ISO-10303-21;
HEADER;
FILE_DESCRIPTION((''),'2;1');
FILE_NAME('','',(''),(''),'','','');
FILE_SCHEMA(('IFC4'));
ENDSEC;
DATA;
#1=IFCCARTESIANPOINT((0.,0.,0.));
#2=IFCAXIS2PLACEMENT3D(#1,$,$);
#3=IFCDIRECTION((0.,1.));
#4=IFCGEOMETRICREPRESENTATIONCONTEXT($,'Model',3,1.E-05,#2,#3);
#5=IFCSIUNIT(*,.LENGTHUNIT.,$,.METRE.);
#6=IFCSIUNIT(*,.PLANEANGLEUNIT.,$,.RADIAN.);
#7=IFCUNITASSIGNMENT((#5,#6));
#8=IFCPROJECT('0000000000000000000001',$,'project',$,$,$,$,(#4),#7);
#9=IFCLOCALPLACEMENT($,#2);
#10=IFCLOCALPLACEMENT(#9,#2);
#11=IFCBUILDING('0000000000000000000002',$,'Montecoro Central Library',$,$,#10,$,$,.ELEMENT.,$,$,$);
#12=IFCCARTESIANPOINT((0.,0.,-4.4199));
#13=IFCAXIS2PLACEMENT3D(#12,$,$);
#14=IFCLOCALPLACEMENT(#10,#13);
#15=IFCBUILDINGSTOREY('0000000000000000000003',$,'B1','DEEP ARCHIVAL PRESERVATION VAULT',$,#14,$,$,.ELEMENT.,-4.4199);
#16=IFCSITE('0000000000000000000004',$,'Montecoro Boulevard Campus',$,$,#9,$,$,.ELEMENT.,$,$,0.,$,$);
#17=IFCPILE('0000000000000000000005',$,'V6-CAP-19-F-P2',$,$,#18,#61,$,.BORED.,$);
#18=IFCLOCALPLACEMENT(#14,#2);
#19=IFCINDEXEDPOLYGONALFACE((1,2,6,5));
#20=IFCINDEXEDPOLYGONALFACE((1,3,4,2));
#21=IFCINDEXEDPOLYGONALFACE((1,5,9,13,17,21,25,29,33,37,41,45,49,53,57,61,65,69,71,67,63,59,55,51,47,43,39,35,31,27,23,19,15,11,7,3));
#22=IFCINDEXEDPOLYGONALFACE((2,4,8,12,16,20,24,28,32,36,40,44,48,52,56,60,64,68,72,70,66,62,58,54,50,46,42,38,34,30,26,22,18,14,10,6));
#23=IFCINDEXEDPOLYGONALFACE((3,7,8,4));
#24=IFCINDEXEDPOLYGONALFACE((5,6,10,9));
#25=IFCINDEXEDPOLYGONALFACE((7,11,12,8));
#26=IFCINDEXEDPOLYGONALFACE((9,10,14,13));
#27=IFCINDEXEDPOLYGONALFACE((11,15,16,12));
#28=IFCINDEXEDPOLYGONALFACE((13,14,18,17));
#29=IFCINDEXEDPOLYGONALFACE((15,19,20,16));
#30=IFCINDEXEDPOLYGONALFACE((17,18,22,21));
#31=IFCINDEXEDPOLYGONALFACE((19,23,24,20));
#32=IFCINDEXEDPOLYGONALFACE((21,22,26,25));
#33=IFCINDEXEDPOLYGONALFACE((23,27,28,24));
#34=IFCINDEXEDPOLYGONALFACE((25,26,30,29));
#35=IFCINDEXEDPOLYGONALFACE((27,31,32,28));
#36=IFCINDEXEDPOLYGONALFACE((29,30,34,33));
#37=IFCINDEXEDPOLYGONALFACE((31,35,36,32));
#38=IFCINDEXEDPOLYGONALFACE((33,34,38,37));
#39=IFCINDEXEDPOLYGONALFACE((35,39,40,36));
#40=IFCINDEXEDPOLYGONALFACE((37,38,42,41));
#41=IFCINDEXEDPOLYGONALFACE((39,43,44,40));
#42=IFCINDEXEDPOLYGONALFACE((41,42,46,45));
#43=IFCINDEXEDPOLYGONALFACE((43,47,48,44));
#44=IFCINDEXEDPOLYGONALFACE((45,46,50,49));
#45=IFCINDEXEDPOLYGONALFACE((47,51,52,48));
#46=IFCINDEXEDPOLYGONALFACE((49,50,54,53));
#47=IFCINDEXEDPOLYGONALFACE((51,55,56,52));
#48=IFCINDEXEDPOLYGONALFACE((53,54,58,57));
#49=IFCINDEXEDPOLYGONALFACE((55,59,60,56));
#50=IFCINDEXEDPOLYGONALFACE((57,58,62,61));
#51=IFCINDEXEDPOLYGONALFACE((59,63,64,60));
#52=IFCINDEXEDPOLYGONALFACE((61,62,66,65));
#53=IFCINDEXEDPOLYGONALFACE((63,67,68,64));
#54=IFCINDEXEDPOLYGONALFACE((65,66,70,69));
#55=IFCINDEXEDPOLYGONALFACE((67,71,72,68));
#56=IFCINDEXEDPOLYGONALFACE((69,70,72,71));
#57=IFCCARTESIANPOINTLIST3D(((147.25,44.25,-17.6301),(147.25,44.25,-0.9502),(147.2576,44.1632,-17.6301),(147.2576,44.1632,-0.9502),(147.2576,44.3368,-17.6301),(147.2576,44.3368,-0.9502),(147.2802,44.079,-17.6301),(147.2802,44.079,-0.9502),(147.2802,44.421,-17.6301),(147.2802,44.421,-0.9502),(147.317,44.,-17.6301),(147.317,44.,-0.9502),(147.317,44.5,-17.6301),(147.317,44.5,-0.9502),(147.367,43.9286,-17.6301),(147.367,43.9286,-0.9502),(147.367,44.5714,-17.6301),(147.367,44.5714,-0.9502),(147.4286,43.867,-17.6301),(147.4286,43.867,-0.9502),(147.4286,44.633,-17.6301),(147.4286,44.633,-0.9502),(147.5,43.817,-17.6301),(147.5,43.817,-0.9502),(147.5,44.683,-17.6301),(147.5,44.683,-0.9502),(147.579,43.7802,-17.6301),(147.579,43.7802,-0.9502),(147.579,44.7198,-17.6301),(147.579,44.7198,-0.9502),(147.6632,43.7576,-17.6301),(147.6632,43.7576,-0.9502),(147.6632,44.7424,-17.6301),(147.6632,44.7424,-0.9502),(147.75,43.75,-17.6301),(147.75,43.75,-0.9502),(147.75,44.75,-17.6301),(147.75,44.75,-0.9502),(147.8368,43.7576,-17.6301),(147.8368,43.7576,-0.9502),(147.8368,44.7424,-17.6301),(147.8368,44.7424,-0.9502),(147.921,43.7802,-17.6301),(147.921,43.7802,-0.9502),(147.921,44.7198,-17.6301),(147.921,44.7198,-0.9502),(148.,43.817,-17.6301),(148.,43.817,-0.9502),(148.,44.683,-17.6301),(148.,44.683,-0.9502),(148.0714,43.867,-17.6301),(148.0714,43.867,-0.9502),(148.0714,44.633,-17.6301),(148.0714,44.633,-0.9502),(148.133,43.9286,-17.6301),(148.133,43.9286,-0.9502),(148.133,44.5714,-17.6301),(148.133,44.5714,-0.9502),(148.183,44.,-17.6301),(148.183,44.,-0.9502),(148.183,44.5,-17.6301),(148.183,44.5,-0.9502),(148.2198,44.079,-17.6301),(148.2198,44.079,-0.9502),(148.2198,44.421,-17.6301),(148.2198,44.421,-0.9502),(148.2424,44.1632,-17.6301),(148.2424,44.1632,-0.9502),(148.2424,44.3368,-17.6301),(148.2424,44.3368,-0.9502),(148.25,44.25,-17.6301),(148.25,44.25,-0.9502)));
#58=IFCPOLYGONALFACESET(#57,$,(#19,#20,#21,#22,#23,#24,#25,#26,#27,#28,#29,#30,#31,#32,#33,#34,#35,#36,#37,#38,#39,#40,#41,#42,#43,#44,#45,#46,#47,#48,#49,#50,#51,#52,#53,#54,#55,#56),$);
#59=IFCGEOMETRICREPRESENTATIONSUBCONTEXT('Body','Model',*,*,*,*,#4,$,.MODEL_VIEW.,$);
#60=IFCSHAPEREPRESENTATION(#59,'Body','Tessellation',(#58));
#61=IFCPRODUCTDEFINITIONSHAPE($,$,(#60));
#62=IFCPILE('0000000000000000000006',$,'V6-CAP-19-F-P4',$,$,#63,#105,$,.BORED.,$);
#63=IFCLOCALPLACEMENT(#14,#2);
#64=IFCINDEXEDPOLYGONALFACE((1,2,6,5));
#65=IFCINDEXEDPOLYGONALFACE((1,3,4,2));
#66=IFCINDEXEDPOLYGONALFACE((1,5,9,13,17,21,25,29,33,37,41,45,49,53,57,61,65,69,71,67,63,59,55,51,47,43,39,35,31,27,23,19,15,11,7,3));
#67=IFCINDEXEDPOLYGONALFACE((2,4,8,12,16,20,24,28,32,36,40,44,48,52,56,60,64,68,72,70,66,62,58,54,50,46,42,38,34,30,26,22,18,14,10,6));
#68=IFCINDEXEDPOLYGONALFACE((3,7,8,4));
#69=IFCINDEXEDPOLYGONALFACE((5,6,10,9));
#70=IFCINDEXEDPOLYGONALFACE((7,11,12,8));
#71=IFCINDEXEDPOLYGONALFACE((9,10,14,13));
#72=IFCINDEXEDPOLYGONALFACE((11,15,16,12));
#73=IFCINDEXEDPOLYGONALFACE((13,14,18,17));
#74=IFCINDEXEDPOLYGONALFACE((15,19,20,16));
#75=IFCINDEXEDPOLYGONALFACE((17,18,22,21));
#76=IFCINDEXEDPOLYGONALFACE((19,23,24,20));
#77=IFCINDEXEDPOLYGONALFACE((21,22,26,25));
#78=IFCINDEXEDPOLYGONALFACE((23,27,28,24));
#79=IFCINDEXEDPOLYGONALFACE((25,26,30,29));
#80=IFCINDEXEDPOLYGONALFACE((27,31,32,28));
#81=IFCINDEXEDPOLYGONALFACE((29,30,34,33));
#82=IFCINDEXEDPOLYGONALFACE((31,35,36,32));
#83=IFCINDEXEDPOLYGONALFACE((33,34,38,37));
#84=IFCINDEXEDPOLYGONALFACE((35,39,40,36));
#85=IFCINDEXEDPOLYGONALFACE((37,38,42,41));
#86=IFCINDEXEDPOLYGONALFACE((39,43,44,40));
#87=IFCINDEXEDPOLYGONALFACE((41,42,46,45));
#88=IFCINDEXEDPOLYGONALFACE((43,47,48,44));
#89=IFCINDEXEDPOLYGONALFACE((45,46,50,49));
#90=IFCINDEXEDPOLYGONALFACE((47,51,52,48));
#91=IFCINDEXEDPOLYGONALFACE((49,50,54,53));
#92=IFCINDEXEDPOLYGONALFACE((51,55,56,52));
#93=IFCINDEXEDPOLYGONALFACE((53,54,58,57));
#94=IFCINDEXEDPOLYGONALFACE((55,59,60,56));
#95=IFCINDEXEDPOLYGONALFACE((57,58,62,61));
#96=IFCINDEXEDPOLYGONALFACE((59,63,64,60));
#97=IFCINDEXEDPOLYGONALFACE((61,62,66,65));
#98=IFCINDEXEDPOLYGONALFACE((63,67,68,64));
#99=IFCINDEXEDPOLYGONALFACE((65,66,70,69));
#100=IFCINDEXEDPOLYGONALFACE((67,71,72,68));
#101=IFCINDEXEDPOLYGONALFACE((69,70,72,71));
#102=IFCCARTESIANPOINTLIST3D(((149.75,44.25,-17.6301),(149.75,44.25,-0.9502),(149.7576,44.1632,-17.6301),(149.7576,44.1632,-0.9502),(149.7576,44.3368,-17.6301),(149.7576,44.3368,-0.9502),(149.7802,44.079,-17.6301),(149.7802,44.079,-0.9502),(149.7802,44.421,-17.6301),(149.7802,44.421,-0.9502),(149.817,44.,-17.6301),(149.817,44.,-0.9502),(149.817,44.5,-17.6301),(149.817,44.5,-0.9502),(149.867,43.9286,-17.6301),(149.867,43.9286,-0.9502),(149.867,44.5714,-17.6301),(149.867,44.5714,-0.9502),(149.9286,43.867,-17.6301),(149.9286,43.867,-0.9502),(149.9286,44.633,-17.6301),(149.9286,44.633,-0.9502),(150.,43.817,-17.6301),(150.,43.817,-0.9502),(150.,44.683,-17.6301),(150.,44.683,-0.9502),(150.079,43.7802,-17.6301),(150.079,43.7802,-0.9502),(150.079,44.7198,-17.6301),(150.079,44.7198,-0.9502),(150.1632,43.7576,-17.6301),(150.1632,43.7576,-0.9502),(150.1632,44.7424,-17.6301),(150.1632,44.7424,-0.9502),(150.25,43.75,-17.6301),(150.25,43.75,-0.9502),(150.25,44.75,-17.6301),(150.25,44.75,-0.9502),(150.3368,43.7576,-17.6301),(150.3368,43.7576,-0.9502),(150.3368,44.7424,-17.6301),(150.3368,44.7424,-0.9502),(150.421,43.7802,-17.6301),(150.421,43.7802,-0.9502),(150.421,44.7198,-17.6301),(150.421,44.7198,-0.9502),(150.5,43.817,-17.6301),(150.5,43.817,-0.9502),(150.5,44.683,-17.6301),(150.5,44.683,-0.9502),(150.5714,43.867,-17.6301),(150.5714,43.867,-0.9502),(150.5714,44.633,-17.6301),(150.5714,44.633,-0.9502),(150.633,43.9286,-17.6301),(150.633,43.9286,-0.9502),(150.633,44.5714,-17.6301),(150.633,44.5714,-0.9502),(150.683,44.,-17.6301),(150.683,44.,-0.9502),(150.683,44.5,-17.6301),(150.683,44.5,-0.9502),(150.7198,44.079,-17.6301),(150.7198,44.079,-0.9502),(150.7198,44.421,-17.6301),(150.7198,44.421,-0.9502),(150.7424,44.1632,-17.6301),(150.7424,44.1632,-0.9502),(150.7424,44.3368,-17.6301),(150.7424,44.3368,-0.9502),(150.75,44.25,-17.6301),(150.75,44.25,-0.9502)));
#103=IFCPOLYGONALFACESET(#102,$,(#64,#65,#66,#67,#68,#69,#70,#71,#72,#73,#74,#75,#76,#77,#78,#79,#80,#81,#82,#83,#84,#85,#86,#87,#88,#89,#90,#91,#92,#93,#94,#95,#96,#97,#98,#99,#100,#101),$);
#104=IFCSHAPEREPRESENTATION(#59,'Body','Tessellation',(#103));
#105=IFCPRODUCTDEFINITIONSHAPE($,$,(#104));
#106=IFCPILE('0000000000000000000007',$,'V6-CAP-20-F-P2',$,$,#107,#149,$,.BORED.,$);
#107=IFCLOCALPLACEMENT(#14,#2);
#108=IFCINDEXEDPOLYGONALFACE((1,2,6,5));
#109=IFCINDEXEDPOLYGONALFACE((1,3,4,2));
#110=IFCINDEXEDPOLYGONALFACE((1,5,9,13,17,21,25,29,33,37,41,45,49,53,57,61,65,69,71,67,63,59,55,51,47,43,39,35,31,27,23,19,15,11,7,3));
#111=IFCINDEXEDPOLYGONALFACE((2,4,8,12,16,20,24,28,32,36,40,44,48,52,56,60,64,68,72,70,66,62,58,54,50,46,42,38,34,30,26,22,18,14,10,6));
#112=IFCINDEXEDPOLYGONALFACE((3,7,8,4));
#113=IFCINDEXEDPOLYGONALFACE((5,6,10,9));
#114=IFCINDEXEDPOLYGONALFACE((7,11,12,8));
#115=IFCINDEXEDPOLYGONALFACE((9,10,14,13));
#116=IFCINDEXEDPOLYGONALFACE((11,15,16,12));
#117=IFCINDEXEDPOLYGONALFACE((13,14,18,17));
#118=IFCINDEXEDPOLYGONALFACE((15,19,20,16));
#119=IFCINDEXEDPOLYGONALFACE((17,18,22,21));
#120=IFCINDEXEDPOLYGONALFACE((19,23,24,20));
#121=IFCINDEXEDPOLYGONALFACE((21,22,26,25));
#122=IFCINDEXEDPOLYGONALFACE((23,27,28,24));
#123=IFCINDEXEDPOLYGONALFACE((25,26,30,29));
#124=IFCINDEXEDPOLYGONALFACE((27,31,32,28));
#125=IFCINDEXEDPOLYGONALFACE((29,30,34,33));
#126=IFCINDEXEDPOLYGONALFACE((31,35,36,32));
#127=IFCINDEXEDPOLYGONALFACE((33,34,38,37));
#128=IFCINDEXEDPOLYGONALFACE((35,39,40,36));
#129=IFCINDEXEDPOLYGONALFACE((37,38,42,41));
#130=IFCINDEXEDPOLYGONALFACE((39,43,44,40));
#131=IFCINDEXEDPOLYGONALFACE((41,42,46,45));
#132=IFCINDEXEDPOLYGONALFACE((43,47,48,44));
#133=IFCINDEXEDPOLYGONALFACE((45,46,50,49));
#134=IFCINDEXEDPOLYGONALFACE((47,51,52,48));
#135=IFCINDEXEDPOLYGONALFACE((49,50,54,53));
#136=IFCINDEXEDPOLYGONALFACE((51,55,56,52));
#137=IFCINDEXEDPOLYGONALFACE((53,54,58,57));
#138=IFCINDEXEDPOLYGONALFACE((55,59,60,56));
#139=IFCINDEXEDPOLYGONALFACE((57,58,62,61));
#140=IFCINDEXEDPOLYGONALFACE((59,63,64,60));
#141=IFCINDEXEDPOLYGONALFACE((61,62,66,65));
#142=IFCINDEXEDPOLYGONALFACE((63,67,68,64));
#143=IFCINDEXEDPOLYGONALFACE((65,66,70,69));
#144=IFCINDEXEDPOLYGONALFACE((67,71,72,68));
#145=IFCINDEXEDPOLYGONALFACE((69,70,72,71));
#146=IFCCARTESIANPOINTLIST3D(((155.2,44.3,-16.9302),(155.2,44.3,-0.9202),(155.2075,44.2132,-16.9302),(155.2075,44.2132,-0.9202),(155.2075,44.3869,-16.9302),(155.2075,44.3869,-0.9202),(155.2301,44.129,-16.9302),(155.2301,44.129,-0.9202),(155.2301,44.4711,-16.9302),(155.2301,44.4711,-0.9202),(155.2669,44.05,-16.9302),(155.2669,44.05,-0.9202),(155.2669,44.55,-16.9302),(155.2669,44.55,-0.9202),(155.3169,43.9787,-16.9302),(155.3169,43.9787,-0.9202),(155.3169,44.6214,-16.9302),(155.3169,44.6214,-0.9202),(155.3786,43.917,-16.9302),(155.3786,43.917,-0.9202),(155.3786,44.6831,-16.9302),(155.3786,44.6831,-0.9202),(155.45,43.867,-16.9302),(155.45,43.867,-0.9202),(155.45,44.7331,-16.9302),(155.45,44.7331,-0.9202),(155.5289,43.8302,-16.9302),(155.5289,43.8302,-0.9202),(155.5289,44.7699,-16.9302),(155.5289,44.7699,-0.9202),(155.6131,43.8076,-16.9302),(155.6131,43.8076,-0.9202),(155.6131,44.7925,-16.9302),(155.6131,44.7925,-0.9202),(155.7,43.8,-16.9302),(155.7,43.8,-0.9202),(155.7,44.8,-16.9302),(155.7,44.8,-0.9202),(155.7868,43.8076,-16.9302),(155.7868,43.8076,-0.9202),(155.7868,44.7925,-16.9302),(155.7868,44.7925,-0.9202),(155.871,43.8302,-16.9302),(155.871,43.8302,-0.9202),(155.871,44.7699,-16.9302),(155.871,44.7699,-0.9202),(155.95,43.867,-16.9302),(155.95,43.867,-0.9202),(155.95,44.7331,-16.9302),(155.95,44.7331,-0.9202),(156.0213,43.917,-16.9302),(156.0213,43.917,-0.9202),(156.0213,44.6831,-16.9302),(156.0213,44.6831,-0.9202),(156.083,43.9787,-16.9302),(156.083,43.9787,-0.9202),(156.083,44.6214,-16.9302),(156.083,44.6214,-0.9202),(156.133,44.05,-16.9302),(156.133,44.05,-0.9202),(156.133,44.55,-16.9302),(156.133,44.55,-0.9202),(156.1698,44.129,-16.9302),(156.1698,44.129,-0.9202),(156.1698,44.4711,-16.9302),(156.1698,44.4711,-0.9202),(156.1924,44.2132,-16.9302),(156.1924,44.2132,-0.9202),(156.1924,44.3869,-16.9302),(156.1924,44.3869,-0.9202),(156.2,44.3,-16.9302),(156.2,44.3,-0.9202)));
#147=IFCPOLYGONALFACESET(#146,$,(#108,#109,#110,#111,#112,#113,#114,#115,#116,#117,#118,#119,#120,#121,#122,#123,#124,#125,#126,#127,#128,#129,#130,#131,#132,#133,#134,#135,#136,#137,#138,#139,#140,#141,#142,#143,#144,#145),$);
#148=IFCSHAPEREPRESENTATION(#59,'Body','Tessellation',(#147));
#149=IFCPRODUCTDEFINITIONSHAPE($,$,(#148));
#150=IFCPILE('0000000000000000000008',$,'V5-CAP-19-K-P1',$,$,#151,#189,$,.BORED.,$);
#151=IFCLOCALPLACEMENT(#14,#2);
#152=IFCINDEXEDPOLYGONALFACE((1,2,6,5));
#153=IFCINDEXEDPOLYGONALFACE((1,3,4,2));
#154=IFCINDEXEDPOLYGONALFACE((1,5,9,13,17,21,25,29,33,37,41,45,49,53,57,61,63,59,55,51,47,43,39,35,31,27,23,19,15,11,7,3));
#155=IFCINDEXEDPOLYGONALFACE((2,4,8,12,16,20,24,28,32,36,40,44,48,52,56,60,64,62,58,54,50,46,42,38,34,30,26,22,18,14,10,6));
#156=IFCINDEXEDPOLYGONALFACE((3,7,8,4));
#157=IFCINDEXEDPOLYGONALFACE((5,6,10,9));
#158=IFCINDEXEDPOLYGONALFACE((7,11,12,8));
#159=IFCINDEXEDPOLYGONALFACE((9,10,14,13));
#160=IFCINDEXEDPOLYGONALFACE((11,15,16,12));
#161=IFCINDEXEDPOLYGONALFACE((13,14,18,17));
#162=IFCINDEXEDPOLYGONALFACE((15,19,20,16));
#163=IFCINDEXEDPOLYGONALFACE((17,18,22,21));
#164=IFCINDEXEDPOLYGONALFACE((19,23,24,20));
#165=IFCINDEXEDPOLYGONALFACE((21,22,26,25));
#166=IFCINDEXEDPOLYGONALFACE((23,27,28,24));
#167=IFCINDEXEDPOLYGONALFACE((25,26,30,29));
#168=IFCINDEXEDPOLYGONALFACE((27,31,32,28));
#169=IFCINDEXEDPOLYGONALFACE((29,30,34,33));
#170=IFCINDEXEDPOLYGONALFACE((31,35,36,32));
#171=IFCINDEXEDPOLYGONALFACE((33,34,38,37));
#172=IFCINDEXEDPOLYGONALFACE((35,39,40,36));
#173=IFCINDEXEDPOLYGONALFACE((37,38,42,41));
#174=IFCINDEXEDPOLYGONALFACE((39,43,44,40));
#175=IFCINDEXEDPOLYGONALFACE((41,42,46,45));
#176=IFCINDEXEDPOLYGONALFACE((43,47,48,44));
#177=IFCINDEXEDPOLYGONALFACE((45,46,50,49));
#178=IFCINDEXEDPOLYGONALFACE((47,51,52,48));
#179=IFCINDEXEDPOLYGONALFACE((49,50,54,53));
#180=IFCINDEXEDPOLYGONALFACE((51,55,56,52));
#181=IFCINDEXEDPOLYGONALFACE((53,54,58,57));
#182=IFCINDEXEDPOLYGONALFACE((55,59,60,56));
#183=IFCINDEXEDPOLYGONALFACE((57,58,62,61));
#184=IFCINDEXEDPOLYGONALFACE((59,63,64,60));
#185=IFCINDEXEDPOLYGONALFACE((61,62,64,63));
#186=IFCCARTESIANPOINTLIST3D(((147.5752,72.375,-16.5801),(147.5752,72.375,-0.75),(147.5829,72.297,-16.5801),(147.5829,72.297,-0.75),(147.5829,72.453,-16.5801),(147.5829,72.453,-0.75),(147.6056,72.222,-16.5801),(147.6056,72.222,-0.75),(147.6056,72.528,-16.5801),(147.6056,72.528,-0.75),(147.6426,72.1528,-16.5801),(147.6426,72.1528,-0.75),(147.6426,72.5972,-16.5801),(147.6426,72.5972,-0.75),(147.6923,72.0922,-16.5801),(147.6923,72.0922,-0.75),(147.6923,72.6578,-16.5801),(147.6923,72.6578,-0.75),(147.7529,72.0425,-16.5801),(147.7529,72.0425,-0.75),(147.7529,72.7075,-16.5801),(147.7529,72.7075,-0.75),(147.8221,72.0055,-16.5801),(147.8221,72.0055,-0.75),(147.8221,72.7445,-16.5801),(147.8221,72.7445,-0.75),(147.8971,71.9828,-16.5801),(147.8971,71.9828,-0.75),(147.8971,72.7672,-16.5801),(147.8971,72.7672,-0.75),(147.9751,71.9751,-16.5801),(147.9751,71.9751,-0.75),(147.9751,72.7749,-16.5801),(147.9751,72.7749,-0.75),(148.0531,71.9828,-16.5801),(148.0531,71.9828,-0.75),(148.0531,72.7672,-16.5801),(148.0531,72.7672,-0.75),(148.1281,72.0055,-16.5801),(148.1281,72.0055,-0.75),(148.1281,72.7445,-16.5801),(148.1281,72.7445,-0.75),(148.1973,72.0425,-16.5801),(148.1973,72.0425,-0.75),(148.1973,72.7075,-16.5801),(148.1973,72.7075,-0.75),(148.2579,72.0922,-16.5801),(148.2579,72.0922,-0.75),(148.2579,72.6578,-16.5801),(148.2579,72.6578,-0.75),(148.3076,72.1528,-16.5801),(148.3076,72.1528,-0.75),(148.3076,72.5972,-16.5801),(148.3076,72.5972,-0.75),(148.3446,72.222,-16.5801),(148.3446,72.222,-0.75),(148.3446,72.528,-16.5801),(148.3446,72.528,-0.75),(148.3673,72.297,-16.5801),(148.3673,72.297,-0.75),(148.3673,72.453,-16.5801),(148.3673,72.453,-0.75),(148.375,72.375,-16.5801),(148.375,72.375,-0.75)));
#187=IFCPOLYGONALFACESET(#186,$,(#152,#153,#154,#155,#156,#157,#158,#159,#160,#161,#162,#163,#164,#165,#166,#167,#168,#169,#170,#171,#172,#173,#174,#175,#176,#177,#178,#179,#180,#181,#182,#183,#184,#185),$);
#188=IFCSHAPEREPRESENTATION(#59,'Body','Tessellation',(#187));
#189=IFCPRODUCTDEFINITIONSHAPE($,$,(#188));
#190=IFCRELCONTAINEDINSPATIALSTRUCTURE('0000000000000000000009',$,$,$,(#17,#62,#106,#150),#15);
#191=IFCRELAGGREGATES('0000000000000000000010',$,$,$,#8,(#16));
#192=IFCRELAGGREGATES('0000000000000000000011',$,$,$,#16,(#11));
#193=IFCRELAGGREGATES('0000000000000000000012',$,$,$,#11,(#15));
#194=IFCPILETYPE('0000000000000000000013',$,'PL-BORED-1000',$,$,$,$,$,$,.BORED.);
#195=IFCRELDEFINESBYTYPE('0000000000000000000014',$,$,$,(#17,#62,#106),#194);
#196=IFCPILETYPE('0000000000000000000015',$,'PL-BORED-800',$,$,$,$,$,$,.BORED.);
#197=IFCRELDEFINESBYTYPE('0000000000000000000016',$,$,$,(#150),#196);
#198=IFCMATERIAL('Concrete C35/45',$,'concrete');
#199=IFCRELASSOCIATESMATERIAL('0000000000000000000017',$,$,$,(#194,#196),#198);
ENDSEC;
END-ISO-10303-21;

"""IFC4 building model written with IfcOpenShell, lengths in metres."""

from ifc_helpers import new_model, si_unit, direction, frame, origin, origin_2d, place, context, subcontext, project, spatial, circle, extrude, material, material_profile, profile_set, type_object, element, save


model = new_model("IFC4")

# Units and contexts
model_context = context("Model", 3, precision=1e-05, world=origin(), true_north=direction((0.0, 1.0)))
body_context = subcontext(model_context, "Body", "Model", "MODEL_VIEW")
ifc_project = project(units=[si_unit("LENGTHUNIT", "METRE"), si_unit("PLANEANGLEUNIT", "RADIAN")], contexts=[model_context])

# Site, building, storey
site_placement = place(None, origin())
site = spatial("IfcSite", under=ifc_project, at=site_placement, Name="Montecoro Boulevard Campus", CompositionType="ELEMENT", RefElevation=0.0)
building_placement = place(site_placement, origin())
building = spatial("IfcBuilding", under=site, at=building_placement, Name="Montecoro Central Library", CompositionType="ELEMENT")
storey_placement = place(building_placement, frame((0.0, 0.0, -4.4199)))
storey = spatial("IfcBuildingStorey", under=building, at=storey_placement, Name="B1", Description="DEEP ARCHIVAL PRESERVATION VAULT", CompositionType="ELEMENT", Elevation=-4.4199)

# Shared definitions
ifc_material_1 = material(Name="Concrete C35/45", Category="concrete")

# Piles
ifc_material_profile_1 = material_profile(ifc_material_1, circle(Radius=0.5, at=origin_2d()), Name="PILE D1000")
ifc_profile_set_1 = profile_set([ifc_material_profile_1], Name="Concrete C35/45")
pile_type_1 = type_object("IfcPileType", Name="PL-BORED-1000", PredefinedType="BORED", material=ifc_profile_set_1)
for number, where, z_axis, x_axis, name in (
    (1, (147.75, 44.25, -0.9502), (0.0, 0.0, -1.0), (1.0, 0.0, 0.0), "V6-CAP-19-F-P2"),
    (2, (150.25, 44.25, -0.9502), (0.0, 0.0, -1.0), (1.0, 0.0, 0.0), "V6-CAP-19-F-P4"),
):
    element("IfcPile", number, at=place(storey_placement, frame(where, z_axis=z_axis, x_axis=x_axis)), inside=storey, type_object=pile_type_1, Name=name, PredefinedType="BORED", context=body_context, shape_type="SweptSolid", body=[
        extrude(circle(Radius=0.5, at=origin_2d()), origin(), (0.0, 0.0, 1.0), 16.6799),
    ])
pile_1_placement = place(storey_placement, frame((155.7, 44.3, -0.9202), z_axis=(0.0, 0.0, -1.0), x_axis=(1.0, 0.0, 0.0)))
element("IfcPile", 3, at=pile_1_placement, inside=storey, type_object=pile_type_1, Name="V6-CAP-20-F-P2", PredefinedType="BORED", context=body_context, shape_type="SweptSolid", body=[
    extrude(circle(Radius=0.5, at=origin_2d()), origin(), (0.0, 0.0, 1.0), 16.01),
])
ifc_material_profile_2 = material_profile(ifc_material_1, circle(Radius=0.3999, at=origin_2d()), Name="PILE D800")
ifc_profile_set_2 = profile_set([ifc_material_profile_2], Name="Concrete C35/45")
pile_type_2 = type_object("IfcPileType", Name="PL-BORED-800", PredefinedType="BORED", material=ifc_profile_set_2)
for number, where, z_axis, x_axis, name in (
    (4, (147.9751, 72.375, -0.75), (0.0, 0.0, -1.0), (1.0, 0.0, 0.0), "V5-CAP-19-K-P1"),
):
    element("IfcPile", number, at=place(storey_placement, frame(where, z_axis=z_axis, x_axis=x_axis)), inside=storey, type_object=pile_type_2, Name=name, PredefinedType="BORED", context=body_context, shape_type="SweptSolid", body=[
        extrude(circle(Radius=0.3999, at=origin_2d()), origin(), (0.0, 0.0, 1.0), 15.8301),
    ])

save(model, "model.ifc")
